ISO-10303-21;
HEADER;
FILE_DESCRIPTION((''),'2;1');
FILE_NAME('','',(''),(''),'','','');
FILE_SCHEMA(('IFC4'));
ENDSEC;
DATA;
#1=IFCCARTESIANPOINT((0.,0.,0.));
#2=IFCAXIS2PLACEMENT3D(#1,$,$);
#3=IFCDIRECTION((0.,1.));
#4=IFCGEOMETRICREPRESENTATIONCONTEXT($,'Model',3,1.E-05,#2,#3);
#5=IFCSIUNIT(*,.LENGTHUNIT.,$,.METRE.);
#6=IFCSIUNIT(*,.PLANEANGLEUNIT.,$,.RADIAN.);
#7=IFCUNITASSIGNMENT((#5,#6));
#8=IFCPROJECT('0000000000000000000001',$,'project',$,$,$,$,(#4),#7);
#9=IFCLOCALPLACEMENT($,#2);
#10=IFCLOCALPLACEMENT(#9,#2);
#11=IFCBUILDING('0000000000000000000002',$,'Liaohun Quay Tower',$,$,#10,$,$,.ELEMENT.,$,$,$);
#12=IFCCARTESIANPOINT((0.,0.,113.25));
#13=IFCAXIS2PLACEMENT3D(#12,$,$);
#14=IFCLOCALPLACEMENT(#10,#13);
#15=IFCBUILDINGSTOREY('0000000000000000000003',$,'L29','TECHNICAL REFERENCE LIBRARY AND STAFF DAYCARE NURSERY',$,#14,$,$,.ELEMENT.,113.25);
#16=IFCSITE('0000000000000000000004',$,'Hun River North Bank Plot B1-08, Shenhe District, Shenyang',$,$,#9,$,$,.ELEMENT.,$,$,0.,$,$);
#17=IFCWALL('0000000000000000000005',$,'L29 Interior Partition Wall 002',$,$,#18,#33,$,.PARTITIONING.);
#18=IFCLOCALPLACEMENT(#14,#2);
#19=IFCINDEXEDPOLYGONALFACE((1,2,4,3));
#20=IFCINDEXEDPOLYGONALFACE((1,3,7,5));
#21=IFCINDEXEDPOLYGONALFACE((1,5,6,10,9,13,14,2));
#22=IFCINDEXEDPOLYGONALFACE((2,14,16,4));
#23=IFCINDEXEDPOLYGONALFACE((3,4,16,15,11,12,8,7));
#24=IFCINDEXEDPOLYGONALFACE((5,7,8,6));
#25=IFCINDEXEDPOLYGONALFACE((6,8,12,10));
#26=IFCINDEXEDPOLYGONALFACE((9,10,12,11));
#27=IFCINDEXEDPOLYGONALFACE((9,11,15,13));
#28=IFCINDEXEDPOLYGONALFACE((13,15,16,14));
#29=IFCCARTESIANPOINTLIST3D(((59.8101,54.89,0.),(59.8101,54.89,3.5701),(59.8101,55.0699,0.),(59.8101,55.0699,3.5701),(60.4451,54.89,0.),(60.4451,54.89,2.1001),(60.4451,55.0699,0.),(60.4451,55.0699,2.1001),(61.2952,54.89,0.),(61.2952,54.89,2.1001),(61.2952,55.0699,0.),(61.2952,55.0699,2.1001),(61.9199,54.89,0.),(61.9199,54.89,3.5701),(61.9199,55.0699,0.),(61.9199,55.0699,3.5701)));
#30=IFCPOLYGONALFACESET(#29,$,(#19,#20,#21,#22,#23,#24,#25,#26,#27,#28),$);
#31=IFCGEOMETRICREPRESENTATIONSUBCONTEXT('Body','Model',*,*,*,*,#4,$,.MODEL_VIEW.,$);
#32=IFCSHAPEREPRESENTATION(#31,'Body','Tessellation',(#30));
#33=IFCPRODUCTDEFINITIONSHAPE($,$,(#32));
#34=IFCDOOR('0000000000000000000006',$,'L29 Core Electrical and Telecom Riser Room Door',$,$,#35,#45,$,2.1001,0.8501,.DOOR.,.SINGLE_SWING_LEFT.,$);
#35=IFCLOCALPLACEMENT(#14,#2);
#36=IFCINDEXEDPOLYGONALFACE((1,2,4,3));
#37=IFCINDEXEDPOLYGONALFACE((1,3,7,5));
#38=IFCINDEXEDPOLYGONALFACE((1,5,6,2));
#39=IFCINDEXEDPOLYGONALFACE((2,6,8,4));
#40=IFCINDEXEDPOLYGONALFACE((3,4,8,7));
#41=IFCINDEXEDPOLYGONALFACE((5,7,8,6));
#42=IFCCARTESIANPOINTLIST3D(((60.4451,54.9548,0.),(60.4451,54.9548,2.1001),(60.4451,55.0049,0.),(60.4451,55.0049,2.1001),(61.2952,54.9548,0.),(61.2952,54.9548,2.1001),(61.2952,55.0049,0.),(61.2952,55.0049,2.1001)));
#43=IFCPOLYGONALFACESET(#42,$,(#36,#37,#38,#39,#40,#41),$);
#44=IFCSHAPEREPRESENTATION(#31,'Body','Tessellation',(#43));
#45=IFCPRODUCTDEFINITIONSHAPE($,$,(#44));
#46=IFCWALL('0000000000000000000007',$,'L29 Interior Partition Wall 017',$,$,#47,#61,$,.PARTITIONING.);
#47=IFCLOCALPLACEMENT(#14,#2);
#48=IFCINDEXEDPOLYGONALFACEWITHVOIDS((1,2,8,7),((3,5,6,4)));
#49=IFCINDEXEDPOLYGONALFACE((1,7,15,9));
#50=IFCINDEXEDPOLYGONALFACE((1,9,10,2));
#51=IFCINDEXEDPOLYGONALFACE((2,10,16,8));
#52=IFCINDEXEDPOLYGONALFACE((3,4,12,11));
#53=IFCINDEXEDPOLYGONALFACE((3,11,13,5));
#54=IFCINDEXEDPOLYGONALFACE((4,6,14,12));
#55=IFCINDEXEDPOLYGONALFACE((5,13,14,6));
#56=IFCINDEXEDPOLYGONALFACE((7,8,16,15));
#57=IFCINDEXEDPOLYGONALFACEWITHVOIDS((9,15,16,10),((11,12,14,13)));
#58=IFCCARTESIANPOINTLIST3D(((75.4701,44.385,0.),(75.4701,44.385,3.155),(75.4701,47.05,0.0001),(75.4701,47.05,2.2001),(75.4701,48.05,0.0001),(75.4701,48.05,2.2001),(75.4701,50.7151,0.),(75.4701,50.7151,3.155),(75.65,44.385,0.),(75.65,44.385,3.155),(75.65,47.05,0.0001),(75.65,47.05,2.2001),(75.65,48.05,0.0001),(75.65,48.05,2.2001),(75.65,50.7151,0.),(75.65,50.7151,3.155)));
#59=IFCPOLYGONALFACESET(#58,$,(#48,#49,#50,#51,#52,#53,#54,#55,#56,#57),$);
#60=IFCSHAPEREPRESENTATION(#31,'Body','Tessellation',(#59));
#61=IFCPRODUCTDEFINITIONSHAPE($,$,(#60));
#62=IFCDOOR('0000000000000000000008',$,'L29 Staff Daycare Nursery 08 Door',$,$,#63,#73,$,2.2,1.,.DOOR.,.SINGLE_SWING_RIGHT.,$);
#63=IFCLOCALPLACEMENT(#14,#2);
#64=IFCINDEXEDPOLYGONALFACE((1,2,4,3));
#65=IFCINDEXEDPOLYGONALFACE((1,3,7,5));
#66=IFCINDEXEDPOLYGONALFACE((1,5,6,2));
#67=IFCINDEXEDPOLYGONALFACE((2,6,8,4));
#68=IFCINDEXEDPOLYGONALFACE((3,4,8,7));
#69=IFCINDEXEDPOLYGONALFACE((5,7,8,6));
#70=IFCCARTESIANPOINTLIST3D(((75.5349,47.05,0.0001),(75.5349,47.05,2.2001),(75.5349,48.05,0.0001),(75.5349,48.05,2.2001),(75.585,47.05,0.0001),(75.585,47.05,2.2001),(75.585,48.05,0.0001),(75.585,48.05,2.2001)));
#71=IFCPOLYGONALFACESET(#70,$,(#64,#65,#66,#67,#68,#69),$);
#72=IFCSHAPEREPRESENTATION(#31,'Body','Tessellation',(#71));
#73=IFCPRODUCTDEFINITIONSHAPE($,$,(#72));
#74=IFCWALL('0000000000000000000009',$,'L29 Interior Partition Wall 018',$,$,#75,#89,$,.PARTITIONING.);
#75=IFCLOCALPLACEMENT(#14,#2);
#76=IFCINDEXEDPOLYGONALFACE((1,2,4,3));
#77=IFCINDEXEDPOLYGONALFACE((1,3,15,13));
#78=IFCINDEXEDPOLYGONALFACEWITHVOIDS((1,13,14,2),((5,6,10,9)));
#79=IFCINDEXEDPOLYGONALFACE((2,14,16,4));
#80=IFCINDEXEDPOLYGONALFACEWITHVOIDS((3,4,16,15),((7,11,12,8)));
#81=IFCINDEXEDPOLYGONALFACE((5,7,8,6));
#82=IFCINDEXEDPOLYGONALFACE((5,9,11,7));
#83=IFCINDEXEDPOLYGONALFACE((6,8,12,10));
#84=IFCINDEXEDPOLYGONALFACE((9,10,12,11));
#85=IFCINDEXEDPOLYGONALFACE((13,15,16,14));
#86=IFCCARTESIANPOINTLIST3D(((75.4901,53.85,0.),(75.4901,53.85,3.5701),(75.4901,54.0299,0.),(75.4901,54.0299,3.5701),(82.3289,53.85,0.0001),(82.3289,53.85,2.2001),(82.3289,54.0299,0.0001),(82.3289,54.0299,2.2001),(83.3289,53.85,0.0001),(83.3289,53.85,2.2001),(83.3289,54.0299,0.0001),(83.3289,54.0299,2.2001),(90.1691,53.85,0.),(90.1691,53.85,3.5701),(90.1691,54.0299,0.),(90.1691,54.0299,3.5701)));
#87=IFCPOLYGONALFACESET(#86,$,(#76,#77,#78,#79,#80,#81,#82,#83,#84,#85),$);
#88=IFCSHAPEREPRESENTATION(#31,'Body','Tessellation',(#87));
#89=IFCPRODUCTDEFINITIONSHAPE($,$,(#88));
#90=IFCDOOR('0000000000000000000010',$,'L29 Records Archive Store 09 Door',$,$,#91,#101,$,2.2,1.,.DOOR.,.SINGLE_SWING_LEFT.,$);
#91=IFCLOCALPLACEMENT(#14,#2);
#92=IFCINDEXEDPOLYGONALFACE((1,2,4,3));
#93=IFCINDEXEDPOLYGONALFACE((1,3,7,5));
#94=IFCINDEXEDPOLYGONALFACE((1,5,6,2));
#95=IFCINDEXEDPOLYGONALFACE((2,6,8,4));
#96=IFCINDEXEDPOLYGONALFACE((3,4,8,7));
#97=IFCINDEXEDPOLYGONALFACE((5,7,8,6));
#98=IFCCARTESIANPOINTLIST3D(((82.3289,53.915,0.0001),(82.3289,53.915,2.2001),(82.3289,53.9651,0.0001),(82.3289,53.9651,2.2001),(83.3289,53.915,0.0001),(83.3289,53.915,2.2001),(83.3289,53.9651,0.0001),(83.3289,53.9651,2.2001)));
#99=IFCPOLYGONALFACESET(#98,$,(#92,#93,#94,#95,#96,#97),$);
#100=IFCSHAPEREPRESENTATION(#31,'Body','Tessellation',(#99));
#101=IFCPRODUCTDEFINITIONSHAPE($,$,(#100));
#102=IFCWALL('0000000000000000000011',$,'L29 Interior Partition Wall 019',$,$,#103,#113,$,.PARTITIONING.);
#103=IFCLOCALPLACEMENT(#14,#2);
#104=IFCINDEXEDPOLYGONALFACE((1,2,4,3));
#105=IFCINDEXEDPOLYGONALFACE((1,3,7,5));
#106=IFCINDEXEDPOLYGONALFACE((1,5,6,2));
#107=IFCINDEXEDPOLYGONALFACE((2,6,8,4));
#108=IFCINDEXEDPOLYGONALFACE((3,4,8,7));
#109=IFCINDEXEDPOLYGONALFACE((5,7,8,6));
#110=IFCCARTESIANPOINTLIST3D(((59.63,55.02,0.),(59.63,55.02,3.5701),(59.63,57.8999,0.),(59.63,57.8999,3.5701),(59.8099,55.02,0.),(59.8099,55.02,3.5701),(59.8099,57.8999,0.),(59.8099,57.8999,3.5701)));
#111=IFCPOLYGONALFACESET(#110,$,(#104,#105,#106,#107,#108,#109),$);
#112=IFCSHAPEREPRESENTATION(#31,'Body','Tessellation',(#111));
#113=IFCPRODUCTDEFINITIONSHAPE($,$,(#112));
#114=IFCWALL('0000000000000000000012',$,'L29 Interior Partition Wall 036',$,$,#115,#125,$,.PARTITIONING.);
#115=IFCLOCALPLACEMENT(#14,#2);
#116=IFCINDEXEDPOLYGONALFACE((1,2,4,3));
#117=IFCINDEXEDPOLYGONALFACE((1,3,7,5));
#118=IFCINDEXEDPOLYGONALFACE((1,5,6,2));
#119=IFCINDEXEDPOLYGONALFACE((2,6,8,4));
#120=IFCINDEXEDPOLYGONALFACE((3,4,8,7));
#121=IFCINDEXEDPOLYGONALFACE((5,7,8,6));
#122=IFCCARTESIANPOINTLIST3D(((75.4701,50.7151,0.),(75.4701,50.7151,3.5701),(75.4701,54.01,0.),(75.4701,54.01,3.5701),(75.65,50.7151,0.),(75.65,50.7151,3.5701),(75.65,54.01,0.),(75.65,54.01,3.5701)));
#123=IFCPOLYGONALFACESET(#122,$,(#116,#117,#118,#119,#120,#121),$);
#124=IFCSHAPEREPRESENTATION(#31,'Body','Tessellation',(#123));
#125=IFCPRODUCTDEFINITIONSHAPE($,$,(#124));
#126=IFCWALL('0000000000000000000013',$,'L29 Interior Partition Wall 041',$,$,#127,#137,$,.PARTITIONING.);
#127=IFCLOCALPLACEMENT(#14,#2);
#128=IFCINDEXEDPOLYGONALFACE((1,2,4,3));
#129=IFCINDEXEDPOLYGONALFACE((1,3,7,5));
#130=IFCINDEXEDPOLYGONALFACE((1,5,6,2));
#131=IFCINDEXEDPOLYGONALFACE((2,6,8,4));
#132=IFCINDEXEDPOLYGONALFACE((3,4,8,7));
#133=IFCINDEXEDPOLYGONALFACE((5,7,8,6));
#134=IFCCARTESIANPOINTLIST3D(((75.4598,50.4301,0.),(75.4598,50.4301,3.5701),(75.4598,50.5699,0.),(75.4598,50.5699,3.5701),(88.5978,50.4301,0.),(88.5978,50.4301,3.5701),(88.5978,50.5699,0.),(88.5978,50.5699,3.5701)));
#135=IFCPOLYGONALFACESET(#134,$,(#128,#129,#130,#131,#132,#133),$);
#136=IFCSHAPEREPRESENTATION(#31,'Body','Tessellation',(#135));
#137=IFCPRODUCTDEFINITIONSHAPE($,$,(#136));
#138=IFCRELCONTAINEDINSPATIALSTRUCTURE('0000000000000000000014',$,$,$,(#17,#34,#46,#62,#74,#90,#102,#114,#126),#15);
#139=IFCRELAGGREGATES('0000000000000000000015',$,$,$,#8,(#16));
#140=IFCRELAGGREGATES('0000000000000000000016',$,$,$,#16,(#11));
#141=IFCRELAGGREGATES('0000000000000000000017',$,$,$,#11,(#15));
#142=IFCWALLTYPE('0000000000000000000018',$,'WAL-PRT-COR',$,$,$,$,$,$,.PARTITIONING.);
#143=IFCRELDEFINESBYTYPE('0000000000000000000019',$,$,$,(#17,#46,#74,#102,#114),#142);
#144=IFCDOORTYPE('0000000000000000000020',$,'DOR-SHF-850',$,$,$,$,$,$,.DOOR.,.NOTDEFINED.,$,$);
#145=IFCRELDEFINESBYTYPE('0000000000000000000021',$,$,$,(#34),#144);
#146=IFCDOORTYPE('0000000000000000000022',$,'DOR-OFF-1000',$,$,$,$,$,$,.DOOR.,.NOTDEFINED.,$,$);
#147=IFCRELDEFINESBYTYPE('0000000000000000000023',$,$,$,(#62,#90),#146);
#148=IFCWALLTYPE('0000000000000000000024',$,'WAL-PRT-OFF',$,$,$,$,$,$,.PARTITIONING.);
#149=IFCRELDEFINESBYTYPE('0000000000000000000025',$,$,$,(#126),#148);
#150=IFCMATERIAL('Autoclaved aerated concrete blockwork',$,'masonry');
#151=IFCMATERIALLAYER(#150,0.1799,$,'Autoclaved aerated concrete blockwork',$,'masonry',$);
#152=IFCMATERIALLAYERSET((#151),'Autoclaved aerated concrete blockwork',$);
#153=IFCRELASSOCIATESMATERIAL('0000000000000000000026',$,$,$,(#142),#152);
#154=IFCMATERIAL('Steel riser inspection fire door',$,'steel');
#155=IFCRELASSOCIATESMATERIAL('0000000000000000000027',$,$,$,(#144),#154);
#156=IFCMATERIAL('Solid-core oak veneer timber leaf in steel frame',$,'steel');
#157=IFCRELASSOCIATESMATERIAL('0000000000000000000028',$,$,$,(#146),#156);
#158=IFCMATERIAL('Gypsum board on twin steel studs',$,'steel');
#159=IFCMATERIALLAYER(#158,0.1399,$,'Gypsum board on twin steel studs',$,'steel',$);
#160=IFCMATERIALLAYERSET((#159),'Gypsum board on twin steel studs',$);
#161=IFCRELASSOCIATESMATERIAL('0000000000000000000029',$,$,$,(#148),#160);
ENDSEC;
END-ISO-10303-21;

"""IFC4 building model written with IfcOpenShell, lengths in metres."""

from ifc_helpers import new_model, si_unit, direction, frame, frame_2d, origin, place, context, subcontext, project, spatial, rectangle, extrude, source, transform, mapped, material, layer, layer_set, type_object, element, fill, save


model = new_model("IFC4")

# Units and contexts
model_context = context("Model", 3, precision=1e-05, world=origin(), true_north=direction((0.0, 1.0)))
body_context = subcontext(model_context, "Body", "Model", "MODEL_VIEW")
ifc_project = project(units=[si_unit("LENGTHUNIT", "METRE"), si_unit("PLANEANGLEUNIT", "RADIAN")], contexts=[model_context])

# Site, building, storey
site_placement = place(None, origin())
site = spatial("IfcSite", under=ifc_project, at=site_placement, Name="Hun River North Bank Plot B1-08, Shenhe District, Shenyang", CompositionType="ELEMENT", RefElevation=0.0)
building_placement = place(site_placement, origin())
building = spatial("IfcBuilding", under=site, at=building_placement, Name="Liaohun Quay Tower", CompositionType="ELEMENT")
storey_placement = place(building_placement, frame((0.0, 0.0, 113.25)))
storey = spatial("IfcBuildingStorey", under=building, at=storey_placement, Name="L29", Description="TECHNICAL REFERENCE LIBRARY AND STAFF DAYCARE NURSERY", CompositionType="ELEMENT", Elevation=113.25)

# Walls, openings, doors
ifc_material_1 = material(Name="Autoclaved aerated concrete blockwork", Category="masonry")
ifc_layer_1 = layer(ifc_material_1, 0.1799, Name="Autoclaved aerated concrete blockwork", Category="masonry")
ifc_layer_set_1 = layer_set([ifc_layer_1], Name="Autoclaved aerated concrete blockwork")
wall_type_1 = type_object("IfcWallType", Name="WAL-PRT-COR", PredefinedType="PARTITIONING", material=ifc_layer_set_1)
wall_1_placement = place(storey_placement, frame((59.8101, 54.98, 0.0), z_axis=(0.0, 0.0, 1.0), x_axis=(1.0, 0.0, 0.0)))
wall_1 = element("IfcWall", 1, at=wall_1_placement, inside=storey, type_object=wall_type_1, Name="L29 Interior Partition Wall 002", PredefinedType="PARTITIONING", context=body_context, shape_type="SweptSolid", body=[
    extrude(rectangle(XDim=2.1099, YDim=0.1799, at=frame_2d((1.0549, 0.0))), origin(), (0.0, 0.0, 1.0), 3.5701),
])
shared_shape_1 = source(origin(), body_context, "Body", "SweptSolid", [
    extrude(rectangle(XDim=0.8501, YDim=2.1001, at=frame_2d((0.425, 1.05))), frame((0.0, 0.0999, 0.0), z_axis=(0.0, -1.0, 0.0), x_axis=(1.0, 0.0, 0.0)), (0.0, 0.0, 1.0), 0.2),
])
opening_1_placement = place(wall_1_placement, frame((0.635, 0.0, 0.0)))
opening_1 = element("IfcOpeningElement", 2, at=opening_1_placement, cuts=wall_1, PredefinedType="OPENING", context=body_context, shape_type="MappedRepresentation", body=[
    mapped(shared_shape_1, transform((0.0, 0.0, 0.0), x_axis=(1.0, 0.0, 0.0), y_axis=(0.0, 1.0, 0.0), z_axis=(0.0, 0.0, 1.0), scale=1.0)),
])
ifc_material_2 = material(Name="Steel riser inspection fire door", Category="steel")
door_type_1 = type_object("IfcDoorType", Name="DOR-SHF-850", OperationType="NOTDEFINED", PredefinedType="DOOR", material=ifc_material_2)
shared_shape_2 = source(origin(), body_context, "Body", "SweptSolid", [
    extrude(rectangle(XDim=0.8501, YDim=2.1001, at=frame_2d((0.425, 1.05))), frame((0.0, 0.0249, 0.0), z_axis=(0.0, -1.0, 0.0), x_axis=(1.0, 0.0, 0.0)), (0.0, 0.0, 1.0), 0.05),
])
door_1_placement = place(opening_1_placement, origin())
door_1 = element("IfcDoor", 3, at=door_1_placement, inside=storey, type_object=door_type_1, Name="L29 Core Electrical and Telecom Riser Room Door", OperationType="SINGLE_SWING_LEFT", OverallHeight=2.1001, OverallWidth=0.8501, PredefinedType="DOOR", context=body_context, shape_type="MappedRepresentation", body=[
    mapped(shared_shape_2, transform((0.0, 0.0, 0.0), x_axis=(1.0, 0.0, 0.0), y_axis=(0.0, 1.0, 0.0), z_axis=(0.0, 0.0, 1.0), scale=1.0)),
])
fill(opening_1, door_1)
wall_2_placement = place(storey_placement, frame((75.5601, 50.7151, 0.0), z_axis=(0.0, 0.0, 1.0), x_axis=(0.0, -1.0, 0.0)))
wall_2 = element("IfcWall", 4, at=wall_2_placement, inside=storey, type_object=wall_type_1, Name="L29 Interior Partition Wall 017", PredefinedType="PARTITIONING", context=body_context, shape_type="SweptSolid", body=[
    extrude(rectangle(XDim=6.3301, YDim=0.1799, at=frame_2d((3.165, 0.0))), origin(), (0.0, 0.0, 1.0), 3.155),
])
shared_shape_3 = source(origin(), body_context, "Body", "SweptSolid", [
    extrude(rectangle(XDim=1.0, YDim=2.2, at=frame_2d((0.5, 1.1001))), frame((0.0, 0.0999, 0.0), z_axis=(0.0, -1.0, 0.0), x_axis=(1.0, 0.0, 0.0)), (0.0, 0.0, 1.0), 0.2),
])
opening_2_placement = place(wall_2_placement, frame((2.665, 0.0, 0.0)))
opening_2 = element("IfcOpeningElement", 5, at=opening_2_placement, cuts=wall_2, PredefinedType="OPENING", context=body_context, shape_type="MappedRepresentation", body=[
    mapped(shared_shape_3, transform((0.0, 0.0, 0.0), x_axis=(1.0, 0.0, 0.0), y_axis=(0.0, 1.0, 0.0), z_axis=(0.0, 0.0, 1.0), scale=1.0)),
])
ifc_material_3 = material(Name="Solid-core oak veneer timber leaf in steel frame", Category="steel")
door_type_2 = type_object("IfcDoorType", Name="DOR-OFF-1000", OperationType="NOTDEFINED", PredefinedType="DOOR", material=ifc_material_3)
shared_shape_4 = source(origin(), body_context, "Body", "SweptSolid", [
    extrude(rectangle(XDim=1.0, YDim=2.2, at=frame_2d((0.5, 1.1001))), frame((0.0, 0.0249, 0.0), z_axis=(0.0, -1.0, 0.0), x_axis=(1.0, 0.0, 0.0)), (0.0, 0.0, 1.0), 0.05),
])
door_2_placement = place(opening_2_placement, origin())
door_2 = element("IfcDoor", 6, at=door_2_placement, inside=storey, type_object=door_type_2, Name="L29 Staff Daycare Nursery 08 Door", OperationType="SINGLE_SWING_RIGHT", OverallHeight=2.2, OverallWidth=1.0, PredefinedType="DOOR", context=body_context, shape_type="MappedRepresentation", body=[
    mapped(shared_shape_4, transform((0.0, 0.0, 0.0), x_axis=(1.0, 0.0, 0.0), y_axis=(0.0, 1.0, 0.0), z_axis=(0.0, 0.0, 1.0), scale=1.0)),
])
fill(opening_2, door_2)
wall_3_placement = place(storey_placement, frame((90.1689, 53.9399, 0.0), z_axis=(0.0, 0.0, 1.0), x_axis=(-1.0, 0.0, 0.0)))
wall_3 = element("IfcWall", 7, at=wall_3_placement, inside=storey, type_object=wall_type_1, Name="L29 Interior Partition Wall 018", PredefinedType="PARTITIONING", context=body_context, shape_type="SweptSolid", body=[
    extrude(rectangle(XDim=14.679, YDim=0.1799, at=frame_2d((7.3394, 0.0))), origin(), (0.0, 0.0, 1.0), 3.5701),
])
opening_3_placement = place(wall_3_placement, frame((6.8401, 0.0, 0.0)))
opening_3 = element("IfcOpeningElement", 8, at=opening_3_placement, cuts=wall_3, PredefinedType="OPENING", context=body_context, shape_type="MappedRepresentation", body=[
    mapped(shared_shape_3, transform((0.0, 0.0, 0.0), x_axis=(1.0, 0.0, 0.0), y_axis=(0.0, 1.0, 0.0), z_axis=(0.0, 0.0, 1.0), scale=1.0)),
])
door_3_placement = place(opening_3_placement, origin())
door_3 = element("IfcDoor", 9, at=door_3_placement, inside=storey, type_object=door_type_2, Name="L29 Records Archive Store 09 Door", OperationType="SINGLE_SWING_LEFT", OverallHeight=2.2, OverallWidth=1.0, PredefinedType="DOOR", context=body_context, shape_type="MappedRepresentation", body=[
    mapped(shared_shape_4, transform((0.0, 0.0, 0.0), x_axis=(1.0, 0.0, 0.0), y_axis=(0.0, 1.0, 0.0), z_axis=(0.0, 0.0, 1.0), scale=1.0)),
])
fill(opening_3, door_3)

# Walls
wall_4_placement = place(storey_placement, frame((59.72, 55.02, 0.0), z_axis=(0.0, 0.0, 1.0), x_axis=(0.0, 1.0, 0.0)))
element("IfcWall", 10, at=wall_4_placement, inside=storey, type_object=wall_type_1, Name="L29 Interior Partition Wall 019", PredefinedType="PARTITIONING", context=body_context, shape_type="SweptSolid", body=[
    extrude(rectangle(XDim=2.8799, YDim=0.1799, at=frame_2d((1.4399, 0.0))), origin(), (0.0, 0.0, 1.0), 3.5701),
])
wall_5_placement = place(storey_placement, frame((75.5601, 54.01, 0.0), z_axis=(0.0, 0.0, 1.0), x_axis=(0.0, -1.0, 0.0)))
element("IfcWall", 11, at=wall_5_placement, inside=storey, type_object=wall_type_1, Name="L29 Interior Partition Wall 036", PredefinedType="PARTITIONING", context=body_context, shape_type="SweptSolid", body=[
    extrude(rectangle(XDim=3.2949, YDim=0.1799, at=frame_2d((1.6475, 0.0))), origin(), (0.0, 0.0, 1.0), 3.5701),
])
ifc_material_4 = material(Name="Gypsum board on twin steel studs", Category="steel")
ifc_layer_2 = layer(ifc_material_4, 0.1399, Name="Gypsum board on twin steel studs", Category="steel")
ifc_layer_set_2 = layer_set([ifc_layer_2], Name="Gypsum board on twin steel studs")
wall_type_2 = type_object("IfcWallType", Name="WAL-PRT-OFF", PredefinedType="PARTITIONING", material=ifc_layer_set_2)
wall_6_placement = place(storey_placement, frame((75.46, 50.5, 0.0), z_axis=(0.0, 0.0, 1.0), x_axis=(1.0, 0.0, 0.0)))
element("IfcWall", 12, at=wall_6_placement, inside=storey, type_object=wall_type_2, Name="L29 Interior Partition Wall 041", PredefinedType="PARTITIONING", context=body_context, shape_type="SweptSolid", body=[
    extrude(rectangle(XDim=13.1379, YDim=0.1399, at=frame_2d((6.5688, 0.0))), origin(), (0.0, 0.0, 1.0), 3.5701),
])

save(model, "model.ifc")
